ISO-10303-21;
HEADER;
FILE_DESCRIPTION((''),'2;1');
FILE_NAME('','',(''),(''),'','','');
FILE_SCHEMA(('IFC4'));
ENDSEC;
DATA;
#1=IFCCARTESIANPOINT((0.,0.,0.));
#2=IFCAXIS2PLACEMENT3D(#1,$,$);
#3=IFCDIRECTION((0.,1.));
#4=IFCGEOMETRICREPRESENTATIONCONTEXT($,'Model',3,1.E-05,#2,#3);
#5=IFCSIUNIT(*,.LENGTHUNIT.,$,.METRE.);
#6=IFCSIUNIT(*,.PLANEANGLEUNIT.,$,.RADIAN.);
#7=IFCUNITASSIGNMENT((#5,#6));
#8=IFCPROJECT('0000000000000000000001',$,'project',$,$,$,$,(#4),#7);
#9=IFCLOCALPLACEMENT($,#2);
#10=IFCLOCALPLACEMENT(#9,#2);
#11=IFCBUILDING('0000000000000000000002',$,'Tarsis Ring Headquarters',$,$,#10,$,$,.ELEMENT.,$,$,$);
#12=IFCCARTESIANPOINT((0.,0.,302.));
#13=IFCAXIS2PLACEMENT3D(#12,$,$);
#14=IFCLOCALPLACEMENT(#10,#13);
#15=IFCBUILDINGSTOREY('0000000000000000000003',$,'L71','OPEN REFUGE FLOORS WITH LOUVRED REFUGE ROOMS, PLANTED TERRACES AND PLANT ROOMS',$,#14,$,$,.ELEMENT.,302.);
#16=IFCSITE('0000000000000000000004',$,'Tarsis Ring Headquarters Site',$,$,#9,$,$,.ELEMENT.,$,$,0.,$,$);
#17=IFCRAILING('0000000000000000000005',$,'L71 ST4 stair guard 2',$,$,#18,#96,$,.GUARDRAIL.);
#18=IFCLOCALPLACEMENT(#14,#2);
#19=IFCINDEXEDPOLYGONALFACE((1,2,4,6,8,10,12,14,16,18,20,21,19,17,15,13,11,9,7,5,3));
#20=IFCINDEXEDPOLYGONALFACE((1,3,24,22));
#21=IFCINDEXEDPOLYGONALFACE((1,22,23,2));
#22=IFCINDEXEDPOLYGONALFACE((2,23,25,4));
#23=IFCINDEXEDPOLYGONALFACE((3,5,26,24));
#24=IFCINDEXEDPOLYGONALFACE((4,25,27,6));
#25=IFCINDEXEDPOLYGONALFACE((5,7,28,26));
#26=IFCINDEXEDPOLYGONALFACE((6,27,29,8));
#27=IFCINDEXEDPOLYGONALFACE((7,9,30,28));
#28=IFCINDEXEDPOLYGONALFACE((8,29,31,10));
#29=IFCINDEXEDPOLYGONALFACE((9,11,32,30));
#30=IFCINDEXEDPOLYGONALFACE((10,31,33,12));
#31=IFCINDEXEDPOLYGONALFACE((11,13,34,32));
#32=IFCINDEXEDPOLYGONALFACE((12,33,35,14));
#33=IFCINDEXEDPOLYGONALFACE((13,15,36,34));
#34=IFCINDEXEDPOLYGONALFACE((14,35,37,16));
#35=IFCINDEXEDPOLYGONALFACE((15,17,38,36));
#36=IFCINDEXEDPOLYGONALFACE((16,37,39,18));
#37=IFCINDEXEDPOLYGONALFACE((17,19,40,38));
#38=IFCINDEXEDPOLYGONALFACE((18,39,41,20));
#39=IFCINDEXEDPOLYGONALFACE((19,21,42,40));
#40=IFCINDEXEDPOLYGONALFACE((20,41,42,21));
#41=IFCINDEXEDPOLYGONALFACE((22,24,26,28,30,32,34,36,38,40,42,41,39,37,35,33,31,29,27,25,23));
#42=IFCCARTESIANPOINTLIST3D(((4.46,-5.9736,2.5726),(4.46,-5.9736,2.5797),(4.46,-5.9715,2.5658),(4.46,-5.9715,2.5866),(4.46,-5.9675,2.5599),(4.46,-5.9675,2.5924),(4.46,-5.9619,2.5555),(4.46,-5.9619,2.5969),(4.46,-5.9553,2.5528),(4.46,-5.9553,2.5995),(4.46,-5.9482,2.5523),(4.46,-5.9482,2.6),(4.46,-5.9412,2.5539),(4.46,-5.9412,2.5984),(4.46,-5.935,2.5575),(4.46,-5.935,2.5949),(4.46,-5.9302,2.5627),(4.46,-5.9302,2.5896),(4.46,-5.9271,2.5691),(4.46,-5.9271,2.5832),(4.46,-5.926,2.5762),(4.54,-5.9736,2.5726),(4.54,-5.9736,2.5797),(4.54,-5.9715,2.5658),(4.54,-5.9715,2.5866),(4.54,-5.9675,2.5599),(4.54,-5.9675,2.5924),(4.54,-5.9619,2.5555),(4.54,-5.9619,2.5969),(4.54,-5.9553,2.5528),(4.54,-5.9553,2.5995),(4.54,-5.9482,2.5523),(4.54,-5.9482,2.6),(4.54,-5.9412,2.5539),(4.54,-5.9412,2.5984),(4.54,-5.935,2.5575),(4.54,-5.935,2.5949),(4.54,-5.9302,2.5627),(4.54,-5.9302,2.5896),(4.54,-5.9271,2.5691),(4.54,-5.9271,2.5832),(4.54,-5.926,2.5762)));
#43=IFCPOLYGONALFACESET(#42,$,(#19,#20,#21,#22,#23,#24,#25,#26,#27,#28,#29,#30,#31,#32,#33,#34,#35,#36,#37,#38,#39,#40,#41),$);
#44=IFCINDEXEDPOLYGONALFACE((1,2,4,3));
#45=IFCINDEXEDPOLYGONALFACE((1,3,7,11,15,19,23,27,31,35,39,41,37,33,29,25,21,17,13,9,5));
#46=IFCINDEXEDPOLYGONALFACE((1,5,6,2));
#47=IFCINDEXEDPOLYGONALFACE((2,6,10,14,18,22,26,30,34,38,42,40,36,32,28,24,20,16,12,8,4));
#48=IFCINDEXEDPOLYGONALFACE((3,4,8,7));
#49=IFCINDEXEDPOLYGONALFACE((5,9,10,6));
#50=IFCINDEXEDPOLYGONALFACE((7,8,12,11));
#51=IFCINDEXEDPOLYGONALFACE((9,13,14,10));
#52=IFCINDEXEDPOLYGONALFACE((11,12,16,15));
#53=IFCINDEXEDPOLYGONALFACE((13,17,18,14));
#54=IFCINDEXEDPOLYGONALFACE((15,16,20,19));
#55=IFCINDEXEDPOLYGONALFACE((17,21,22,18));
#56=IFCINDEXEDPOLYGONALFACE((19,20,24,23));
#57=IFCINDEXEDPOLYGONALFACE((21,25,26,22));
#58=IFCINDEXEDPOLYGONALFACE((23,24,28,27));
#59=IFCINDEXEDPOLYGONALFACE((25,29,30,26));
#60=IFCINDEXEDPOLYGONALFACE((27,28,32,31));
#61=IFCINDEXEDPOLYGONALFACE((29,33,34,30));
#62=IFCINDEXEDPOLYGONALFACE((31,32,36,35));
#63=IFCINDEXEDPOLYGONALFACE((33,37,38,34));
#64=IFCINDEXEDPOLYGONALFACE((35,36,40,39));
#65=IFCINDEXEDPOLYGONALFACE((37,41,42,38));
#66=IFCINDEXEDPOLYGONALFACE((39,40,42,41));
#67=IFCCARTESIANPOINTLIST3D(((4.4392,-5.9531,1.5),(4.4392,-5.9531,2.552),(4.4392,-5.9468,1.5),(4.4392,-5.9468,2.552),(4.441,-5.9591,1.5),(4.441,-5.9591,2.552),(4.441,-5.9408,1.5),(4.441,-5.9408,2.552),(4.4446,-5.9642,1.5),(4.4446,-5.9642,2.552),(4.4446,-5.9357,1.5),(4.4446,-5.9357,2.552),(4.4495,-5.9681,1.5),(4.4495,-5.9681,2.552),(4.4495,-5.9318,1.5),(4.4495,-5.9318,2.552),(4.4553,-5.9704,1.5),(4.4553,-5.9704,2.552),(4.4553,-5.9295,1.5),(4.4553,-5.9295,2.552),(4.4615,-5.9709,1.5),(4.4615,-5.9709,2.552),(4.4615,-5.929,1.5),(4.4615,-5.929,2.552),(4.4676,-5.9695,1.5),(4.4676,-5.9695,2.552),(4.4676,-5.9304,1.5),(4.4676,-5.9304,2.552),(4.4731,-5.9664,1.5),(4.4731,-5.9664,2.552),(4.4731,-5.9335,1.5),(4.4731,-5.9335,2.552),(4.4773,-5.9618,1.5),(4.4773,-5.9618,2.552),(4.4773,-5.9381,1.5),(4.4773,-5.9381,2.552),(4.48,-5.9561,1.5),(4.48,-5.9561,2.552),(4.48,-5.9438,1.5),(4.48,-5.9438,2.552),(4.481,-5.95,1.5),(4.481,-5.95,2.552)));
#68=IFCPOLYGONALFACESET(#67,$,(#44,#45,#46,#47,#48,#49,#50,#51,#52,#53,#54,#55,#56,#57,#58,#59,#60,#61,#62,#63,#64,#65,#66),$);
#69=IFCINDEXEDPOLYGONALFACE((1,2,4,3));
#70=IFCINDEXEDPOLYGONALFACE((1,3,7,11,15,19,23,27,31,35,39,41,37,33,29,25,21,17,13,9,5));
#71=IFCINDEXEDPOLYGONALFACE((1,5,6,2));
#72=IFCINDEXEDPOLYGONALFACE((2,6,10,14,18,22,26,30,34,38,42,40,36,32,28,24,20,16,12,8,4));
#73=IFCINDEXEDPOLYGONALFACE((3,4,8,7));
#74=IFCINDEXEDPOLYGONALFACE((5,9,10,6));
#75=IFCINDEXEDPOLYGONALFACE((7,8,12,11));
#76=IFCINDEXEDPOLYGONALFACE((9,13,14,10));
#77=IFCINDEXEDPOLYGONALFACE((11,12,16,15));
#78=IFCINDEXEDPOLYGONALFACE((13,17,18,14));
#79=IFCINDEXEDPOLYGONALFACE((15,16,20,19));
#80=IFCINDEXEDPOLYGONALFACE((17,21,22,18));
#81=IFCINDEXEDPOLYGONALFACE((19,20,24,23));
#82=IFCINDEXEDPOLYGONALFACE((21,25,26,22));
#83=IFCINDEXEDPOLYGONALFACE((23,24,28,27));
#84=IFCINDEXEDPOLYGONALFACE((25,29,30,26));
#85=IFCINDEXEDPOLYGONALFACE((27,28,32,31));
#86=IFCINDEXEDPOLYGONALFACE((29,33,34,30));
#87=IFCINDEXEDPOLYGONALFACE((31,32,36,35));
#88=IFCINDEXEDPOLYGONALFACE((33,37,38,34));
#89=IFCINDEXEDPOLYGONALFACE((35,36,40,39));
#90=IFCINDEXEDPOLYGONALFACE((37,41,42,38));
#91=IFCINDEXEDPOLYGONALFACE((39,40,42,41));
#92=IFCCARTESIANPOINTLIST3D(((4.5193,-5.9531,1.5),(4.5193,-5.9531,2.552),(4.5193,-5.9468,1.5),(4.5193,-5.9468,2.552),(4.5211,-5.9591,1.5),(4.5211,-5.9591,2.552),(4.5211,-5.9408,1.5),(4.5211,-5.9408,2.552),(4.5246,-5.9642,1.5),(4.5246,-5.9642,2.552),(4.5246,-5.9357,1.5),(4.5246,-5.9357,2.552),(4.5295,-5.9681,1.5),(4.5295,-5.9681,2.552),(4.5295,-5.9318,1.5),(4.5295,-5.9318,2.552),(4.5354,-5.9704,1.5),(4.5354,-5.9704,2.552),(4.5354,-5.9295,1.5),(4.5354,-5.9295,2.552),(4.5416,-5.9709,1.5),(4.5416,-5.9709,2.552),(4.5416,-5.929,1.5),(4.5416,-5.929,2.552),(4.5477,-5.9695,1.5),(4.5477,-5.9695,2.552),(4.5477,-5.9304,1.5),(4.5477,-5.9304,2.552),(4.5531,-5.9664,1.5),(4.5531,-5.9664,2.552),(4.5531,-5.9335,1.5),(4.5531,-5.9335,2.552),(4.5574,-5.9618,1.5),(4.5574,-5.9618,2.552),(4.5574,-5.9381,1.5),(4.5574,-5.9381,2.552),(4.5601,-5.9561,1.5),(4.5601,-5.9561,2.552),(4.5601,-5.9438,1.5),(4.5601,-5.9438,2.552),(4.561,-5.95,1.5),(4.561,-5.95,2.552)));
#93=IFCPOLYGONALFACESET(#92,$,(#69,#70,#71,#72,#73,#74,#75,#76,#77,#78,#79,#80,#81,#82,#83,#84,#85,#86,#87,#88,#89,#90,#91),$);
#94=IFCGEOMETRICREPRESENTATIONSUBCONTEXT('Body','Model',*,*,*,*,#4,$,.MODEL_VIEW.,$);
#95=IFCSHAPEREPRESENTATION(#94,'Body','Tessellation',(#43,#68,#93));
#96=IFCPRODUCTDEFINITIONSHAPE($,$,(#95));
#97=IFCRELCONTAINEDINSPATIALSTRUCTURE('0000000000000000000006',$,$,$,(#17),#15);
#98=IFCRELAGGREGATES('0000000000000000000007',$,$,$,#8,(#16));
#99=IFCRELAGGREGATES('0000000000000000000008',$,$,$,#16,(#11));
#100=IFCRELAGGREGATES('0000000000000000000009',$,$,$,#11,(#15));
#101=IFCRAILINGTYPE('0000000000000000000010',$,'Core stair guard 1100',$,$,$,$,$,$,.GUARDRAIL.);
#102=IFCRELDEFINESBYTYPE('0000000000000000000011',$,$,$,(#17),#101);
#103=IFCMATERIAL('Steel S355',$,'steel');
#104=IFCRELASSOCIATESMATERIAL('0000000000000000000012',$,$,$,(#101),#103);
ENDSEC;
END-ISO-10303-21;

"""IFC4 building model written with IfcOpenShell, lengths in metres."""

from ifc_helpers import new_model, si_unit, direction, frame, origin, origin_2d, place, context, subcontext, project, spatial, circle, extrude, material, type_object, element, save


model = new_model("IFC4")

# Units and contexts
model_context = context("Model", 3, precision=1e-05, world=origin(), true_north=direction((0.0, 1.0)))
body_context = subcontext(model_context, "Body", "Model", "MODEL_VIEW")
ifc_project = project(units=[si_unit("LENGTHUNIT", "METRE"), si_unit("PLANEANGLEUNIT", "RADIAN")], contexts=[model_context])

# Site, building, storey
site_placement = place(None, origin())
site = spatial("IfcSite", under=ifc_project, at=site_placement, Name="Tarsis Ring Headquarters Site", CompositionType="ELEMENT", RefElevation=0.0)
building_placement = place(site_placement, origin())
building = spatial("IfcBuilding", under=site, at=building_placement, Name="Tarsis Ring Headquarters", CompositionType="ELEMENT")
storey_placement = place(building_placement, frame((0.0, 0.0, 302.0)))
storey = spatial("IfcBuildingStorey", under=building, at=storey_placement, Name="L71", Description="OPEN REFUGE FLOORS WITH LOUVRED REFUGE ROOMS, PLANTED TERRACES AND PLANT ROOMS", CompositionType="ELEMENT", Elevation=302.0)

# Railing
ifc_material_1 = material(Name="Steel S355", Category="steel")
railing_type_1 = type_object("IfcRailingType", Name="Core stair guard 1100", PredefinedType="GUARDRAIL", material=ifc_material_1)
railing_1_placement = place(storey_placement, frame((4.46, -5.95, 1.5)))
element("IfcRailing", 1, at=railing_1_placement, inside=storey, type_object=railing_type_1, Name="L71 ST4 stair guard 2", PredefinedType="GUARDRAIL", context=body_context, shape_type="SweptSolid", body=[
    extrude(circle(Radius=0.0239, at=origin_2d()), frame((0.0, 0.0, 1.0762), z_axis=(1.0, 0.0, 0.0), x_axis=(0.0, 1.0, 0.0)), (0.0, 0.0, 1.0), 0.0801),
    extrude(circle(Radius=0.021, at=origin_2d()), origin(), (0.0, 0.0, 1.0), 1.052),
    extrude(circle(Radius=0.021, at=origin_2d()), frame((0.0801, 0.0, 0.0)), (0.0, 0.0, 1.0), 1.052),
])

save(model, "model.ifc")
